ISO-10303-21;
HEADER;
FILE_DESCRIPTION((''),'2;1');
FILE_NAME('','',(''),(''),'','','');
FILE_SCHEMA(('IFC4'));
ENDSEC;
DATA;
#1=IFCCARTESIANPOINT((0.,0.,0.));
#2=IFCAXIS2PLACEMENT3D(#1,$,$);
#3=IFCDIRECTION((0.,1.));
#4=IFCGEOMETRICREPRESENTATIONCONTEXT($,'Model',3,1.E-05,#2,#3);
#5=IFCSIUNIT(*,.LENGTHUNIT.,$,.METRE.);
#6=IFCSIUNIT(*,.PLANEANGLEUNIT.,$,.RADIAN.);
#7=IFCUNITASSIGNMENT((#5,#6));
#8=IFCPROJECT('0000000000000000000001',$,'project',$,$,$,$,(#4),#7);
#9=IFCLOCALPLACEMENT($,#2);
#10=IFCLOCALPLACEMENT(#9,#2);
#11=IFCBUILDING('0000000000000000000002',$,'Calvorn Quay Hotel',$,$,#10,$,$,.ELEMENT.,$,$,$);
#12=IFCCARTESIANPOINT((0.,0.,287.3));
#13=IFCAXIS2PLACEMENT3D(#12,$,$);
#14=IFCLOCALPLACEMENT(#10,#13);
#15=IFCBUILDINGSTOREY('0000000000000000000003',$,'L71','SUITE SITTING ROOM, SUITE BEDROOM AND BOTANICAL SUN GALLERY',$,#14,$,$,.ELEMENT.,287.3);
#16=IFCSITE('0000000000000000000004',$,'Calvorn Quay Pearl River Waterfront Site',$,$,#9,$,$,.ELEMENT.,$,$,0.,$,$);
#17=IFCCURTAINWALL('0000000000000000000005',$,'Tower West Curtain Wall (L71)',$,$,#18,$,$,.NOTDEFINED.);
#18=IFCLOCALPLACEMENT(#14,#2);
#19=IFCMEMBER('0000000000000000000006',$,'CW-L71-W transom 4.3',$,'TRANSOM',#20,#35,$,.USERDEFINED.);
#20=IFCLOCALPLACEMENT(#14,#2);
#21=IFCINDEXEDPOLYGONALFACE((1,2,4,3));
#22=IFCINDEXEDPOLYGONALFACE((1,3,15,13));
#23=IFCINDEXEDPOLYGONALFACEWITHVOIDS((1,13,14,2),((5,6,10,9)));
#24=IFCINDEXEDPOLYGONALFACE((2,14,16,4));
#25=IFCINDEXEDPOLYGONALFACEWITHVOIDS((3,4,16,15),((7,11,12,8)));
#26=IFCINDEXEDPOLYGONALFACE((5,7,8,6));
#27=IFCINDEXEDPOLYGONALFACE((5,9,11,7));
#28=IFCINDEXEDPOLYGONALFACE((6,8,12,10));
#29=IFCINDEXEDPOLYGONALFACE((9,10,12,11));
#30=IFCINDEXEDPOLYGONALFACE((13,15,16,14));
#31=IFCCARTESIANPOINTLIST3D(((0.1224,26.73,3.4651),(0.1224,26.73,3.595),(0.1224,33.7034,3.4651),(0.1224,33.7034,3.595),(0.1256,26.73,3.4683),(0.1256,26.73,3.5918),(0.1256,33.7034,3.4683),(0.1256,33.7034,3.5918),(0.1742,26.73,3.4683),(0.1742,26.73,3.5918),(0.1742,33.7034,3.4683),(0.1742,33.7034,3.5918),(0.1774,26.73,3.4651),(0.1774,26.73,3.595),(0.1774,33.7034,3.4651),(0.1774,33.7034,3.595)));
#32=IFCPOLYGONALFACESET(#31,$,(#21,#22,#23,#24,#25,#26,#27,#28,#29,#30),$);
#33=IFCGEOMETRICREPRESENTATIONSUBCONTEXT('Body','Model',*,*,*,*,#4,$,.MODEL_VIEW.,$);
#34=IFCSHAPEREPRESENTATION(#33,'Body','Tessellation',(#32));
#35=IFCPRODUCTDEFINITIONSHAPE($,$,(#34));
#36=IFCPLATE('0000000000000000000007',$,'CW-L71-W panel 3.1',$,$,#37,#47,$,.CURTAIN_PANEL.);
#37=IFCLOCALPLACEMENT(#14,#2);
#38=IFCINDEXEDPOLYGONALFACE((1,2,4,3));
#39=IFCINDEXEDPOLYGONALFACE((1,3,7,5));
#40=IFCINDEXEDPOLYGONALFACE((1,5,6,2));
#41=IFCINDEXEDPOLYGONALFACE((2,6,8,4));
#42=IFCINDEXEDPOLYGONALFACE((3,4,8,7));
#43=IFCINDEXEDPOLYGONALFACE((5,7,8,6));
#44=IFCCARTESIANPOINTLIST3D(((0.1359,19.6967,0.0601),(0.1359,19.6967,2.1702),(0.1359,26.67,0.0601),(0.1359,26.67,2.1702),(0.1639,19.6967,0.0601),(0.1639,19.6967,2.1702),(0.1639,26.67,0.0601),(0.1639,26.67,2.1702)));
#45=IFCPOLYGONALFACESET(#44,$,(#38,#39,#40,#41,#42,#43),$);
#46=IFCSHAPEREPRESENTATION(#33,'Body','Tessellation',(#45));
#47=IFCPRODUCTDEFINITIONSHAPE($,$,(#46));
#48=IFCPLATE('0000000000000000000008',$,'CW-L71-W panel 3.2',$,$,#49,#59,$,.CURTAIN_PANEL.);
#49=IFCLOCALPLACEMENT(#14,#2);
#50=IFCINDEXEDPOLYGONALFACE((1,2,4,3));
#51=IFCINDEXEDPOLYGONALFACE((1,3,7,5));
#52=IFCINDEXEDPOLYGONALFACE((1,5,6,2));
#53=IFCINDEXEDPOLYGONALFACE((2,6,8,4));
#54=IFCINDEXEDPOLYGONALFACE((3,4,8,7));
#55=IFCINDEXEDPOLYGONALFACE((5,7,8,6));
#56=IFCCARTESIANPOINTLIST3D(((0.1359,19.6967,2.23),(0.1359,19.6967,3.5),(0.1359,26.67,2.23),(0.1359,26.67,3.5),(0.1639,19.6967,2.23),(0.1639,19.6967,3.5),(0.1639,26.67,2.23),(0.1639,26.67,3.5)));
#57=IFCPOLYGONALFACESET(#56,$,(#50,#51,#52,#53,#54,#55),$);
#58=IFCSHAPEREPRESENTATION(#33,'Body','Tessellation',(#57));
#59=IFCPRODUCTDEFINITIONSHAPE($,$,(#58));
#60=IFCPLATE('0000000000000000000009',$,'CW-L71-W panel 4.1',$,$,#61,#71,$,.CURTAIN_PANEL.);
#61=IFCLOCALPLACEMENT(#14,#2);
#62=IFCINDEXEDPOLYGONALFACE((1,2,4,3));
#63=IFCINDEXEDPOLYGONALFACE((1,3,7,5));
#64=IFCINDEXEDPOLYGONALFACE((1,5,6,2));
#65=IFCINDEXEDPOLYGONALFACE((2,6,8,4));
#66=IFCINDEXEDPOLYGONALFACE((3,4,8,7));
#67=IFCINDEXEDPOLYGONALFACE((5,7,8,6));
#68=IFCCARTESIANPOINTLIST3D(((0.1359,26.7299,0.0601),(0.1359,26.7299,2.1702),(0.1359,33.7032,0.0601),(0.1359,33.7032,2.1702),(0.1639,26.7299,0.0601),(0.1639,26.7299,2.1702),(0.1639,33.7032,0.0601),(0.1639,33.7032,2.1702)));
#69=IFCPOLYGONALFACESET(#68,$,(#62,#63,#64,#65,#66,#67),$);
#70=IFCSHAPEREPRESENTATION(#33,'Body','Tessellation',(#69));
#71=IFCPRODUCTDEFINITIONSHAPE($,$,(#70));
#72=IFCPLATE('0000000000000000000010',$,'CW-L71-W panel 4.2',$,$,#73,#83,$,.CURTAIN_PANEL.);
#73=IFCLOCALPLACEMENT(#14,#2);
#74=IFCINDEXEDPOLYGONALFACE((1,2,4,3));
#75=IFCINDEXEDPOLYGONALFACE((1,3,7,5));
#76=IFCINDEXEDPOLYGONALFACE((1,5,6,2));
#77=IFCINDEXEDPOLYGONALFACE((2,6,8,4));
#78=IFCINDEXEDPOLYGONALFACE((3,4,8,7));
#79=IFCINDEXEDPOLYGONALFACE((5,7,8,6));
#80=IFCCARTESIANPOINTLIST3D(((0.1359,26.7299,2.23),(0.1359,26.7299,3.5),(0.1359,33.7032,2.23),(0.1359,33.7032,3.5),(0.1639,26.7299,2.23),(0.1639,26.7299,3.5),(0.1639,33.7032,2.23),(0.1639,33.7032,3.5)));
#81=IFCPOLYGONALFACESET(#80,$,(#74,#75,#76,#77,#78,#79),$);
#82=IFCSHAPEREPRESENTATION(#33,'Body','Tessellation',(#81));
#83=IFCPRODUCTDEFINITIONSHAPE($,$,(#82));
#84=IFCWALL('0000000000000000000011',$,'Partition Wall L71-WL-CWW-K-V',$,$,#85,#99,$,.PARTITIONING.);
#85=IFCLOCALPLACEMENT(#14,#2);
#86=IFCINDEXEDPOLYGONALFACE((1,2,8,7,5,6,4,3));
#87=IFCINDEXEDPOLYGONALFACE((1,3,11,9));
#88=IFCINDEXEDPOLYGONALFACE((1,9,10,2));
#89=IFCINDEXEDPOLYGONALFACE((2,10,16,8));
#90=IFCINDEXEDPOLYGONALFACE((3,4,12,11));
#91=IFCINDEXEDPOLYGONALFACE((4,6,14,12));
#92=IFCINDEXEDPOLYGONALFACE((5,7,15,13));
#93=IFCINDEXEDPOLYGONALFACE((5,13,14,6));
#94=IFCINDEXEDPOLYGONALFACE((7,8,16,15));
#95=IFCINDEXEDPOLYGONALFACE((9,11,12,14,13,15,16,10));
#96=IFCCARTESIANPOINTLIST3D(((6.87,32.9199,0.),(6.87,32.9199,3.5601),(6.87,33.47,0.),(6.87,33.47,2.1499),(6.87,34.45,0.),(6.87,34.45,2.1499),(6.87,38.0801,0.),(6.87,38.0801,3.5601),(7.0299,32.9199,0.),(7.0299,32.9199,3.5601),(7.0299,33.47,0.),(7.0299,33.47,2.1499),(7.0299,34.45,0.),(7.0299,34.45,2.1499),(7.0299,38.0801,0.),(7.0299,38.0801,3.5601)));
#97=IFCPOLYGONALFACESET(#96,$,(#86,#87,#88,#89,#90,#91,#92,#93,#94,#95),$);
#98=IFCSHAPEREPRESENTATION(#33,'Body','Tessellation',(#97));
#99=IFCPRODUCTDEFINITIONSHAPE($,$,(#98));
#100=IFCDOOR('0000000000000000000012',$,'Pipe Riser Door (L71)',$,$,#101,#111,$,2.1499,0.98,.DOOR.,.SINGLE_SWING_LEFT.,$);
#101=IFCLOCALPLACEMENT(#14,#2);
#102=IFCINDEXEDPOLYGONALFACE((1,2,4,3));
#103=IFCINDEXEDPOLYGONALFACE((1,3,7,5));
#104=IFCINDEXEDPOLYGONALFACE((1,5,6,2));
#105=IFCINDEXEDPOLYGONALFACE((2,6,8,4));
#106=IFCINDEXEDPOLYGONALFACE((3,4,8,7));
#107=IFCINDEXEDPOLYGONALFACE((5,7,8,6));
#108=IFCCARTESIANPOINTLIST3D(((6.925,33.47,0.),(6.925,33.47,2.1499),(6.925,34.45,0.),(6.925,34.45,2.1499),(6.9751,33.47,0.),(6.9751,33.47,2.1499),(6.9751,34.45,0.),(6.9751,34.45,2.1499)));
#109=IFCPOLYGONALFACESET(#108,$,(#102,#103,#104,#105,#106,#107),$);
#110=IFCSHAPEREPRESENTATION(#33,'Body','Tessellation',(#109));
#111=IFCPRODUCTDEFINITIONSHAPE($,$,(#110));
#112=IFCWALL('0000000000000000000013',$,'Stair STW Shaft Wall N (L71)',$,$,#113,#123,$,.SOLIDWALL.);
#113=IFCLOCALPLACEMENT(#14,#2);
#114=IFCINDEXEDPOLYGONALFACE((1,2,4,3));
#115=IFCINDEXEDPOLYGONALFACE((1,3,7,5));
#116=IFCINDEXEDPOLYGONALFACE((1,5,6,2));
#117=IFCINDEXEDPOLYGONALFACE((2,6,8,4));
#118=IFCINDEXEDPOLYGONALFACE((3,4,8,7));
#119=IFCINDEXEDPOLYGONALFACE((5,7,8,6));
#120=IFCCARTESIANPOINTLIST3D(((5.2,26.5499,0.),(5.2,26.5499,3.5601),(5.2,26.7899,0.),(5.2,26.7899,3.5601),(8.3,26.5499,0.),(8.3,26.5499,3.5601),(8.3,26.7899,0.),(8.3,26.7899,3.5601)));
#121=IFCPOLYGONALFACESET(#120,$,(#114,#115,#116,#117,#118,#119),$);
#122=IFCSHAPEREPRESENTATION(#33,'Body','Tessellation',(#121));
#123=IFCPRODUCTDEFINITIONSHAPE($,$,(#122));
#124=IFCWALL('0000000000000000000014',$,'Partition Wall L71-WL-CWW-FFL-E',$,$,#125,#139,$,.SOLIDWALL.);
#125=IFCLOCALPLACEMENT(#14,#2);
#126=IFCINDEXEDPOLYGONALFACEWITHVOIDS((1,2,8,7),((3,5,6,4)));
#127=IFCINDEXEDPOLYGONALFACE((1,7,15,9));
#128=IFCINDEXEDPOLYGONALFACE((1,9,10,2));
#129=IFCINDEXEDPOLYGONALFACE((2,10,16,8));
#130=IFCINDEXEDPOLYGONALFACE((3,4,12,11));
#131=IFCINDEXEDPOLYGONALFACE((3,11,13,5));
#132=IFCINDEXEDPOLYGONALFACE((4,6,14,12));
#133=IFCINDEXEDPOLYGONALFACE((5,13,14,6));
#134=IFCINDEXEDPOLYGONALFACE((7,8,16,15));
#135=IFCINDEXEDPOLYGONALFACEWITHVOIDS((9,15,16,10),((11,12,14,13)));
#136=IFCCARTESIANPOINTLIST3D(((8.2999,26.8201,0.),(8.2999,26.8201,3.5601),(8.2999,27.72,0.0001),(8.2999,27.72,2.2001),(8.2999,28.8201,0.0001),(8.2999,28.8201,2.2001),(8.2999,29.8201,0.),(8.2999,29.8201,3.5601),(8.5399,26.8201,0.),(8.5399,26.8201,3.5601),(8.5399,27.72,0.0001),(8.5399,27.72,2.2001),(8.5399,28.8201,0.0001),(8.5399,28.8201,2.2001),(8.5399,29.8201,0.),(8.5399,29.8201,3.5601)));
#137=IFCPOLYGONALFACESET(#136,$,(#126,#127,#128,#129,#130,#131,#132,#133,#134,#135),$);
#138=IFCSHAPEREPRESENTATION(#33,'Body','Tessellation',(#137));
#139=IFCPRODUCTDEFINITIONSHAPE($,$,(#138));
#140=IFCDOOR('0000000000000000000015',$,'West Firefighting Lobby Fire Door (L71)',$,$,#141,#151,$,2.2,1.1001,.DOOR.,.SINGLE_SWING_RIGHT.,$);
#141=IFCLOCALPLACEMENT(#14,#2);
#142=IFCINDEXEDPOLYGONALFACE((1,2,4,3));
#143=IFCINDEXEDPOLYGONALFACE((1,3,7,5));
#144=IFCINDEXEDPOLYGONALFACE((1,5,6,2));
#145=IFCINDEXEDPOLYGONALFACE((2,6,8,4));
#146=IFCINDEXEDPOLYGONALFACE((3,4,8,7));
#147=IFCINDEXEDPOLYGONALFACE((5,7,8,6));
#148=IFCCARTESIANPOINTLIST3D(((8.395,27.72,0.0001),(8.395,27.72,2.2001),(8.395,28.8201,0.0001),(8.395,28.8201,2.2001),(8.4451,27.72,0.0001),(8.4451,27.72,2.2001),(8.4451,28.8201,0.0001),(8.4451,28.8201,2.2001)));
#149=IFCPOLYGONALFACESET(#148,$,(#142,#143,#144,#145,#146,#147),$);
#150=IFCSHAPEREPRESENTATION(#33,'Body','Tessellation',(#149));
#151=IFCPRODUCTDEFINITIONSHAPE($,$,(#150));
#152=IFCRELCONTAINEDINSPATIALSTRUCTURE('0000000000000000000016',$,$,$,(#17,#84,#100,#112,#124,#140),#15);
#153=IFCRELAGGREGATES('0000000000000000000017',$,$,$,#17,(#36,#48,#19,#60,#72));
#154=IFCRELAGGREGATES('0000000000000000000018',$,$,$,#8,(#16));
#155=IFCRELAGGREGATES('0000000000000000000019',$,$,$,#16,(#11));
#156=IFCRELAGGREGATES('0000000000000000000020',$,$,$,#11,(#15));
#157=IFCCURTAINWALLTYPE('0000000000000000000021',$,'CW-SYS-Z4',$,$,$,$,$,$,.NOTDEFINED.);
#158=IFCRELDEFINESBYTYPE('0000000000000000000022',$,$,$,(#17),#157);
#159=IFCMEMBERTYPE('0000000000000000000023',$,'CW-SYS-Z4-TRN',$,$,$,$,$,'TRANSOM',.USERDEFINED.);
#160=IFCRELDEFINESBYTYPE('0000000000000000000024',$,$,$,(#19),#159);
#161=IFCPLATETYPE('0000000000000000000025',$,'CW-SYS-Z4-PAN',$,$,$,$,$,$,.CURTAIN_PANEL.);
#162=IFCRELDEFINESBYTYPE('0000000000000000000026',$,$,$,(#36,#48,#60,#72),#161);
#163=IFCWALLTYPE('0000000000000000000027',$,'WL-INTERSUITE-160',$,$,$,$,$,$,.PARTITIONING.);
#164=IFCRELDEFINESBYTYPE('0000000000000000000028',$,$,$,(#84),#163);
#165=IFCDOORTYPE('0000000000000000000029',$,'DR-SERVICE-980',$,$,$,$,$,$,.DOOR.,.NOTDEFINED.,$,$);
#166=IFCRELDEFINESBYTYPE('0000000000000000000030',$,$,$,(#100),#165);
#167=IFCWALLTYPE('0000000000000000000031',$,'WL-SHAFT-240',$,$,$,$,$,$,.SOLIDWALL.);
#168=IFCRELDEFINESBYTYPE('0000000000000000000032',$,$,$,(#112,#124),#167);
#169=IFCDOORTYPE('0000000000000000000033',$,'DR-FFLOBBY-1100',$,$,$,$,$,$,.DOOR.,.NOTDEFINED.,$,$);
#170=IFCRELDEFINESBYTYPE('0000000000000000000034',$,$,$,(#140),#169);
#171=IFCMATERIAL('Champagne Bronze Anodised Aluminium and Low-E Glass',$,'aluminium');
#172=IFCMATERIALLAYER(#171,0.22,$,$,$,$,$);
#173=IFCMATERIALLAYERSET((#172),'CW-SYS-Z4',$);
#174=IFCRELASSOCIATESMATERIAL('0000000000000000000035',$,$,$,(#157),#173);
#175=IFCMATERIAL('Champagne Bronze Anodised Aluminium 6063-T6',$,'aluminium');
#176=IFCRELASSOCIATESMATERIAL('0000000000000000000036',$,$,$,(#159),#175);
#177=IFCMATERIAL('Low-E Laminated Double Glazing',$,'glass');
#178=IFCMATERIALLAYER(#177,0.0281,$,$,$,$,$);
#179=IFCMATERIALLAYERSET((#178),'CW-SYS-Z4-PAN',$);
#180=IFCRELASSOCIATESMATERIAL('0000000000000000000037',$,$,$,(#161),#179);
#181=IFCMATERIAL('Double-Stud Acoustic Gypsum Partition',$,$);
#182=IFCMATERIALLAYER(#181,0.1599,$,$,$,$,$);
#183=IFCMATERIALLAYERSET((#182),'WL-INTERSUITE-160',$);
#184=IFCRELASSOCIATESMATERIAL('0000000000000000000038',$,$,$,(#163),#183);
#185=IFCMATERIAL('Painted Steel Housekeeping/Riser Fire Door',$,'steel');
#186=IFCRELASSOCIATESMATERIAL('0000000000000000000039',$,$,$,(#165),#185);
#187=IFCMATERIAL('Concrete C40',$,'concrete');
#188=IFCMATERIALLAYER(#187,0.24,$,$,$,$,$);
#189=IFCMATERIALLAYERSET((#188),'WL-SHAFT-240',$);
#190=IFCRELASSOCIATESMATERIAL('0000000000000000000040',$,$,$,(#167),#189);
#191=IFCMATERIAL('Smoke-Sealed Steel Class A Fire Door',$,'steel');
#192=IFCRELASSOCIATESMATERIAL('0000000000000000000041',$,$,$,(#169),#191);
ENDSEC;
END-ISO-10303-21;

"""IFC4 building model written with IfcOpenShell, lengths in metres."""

from ifc_helpers import new_model, si_unit, direction, frame, frame_2d, origin, origin_2d, place, context, subcontext, project, spatial, rectangle, hollow_rectangle, extrude, material, layer, layer_set, material_profile, profile_set, type_object, element, fill, aggregate, save


model = new_model("IFC4")

# Units and contexts
model_context = context("Model", 3, precision=1e-05, world=origin(), true_north=direction((0.0, 1.0)))
body_context = subcontext(model_context, "Body", "Model", "MODEL_VIEW")
ifc_project = project(units=[si_unit("LENGTHUNIT", "METRE"), si_unit("PLANEANGLEUNIT", "RADIAN")], contexts=[model_context])

# Site, building, storey
site_placement = place(None, origin())
site = spatial("IfcSite", under=ifc_project, at=site_placement, Name="Calvorn Quay Pearl River Waterfront Site", CompositionType="ELEMENT", RefElevation=0.0)
building_placement = place(site_placement, origin())
building = spatial("IfcBuilding", under=site, at=building_placement, Name="Calvorn Quay Hotel", CompositionType="ELEMENT")
storey_placement = place(building_placement, frame((0.0, 0.0, 287.3)))
storey = spatial("IfcBuildingStorey", under=building, at=storey_placement, Name="L71", Description="SUITE SITTING ROOM, SUITE BEDROOM AND BOTANICAL SUN GALLERY", CompositionType="ELEMENT", Elevation=287.3)

# Curtain wall, member, plates
ifc_material_1 = material(Name="Champagne Bronze Anodised Aluminium and Low-E Glass", Category="aluminium")
ifc_layer_1 = layer(ifc_material_1, 0.22)
ifc_layer_set_1 = layer_set([ifc_layer_1], Name="CW-SYS-Z4")
curtain_wall_type = type_object("IfcCurtainWallType", Name="CW-SYS-Z4", PredefinedType="NOTDEFINED", material=ifc_layer_set_1)
curtain_wall_placement = place(storey_placement, origin())
curtain_wall = element("IfcCurtainWall", 1, at=curtain_wall_placement, inside=storey, type_object=curtain_wall_type, Name="Tower West Curtain Wall (L71)", PredefinedType="NOTDEFINED")
ifc_material_2 = material(Name="Champagne Bronze Anodised Aluminium 6063-T6", Category="aluminium")
ifc_material_profile_1 = material_profile(ifc_material_2, hollow_rectangle(XDim=0.0549, YDim=0.1299, WallThickness=0.0032, at=origin_2d()), Name="ALU-T130x55x3.2")
ifc_profile_set_1 = profile_set([ifc_material_profile_1], Name="Champagne Bronze Anodised Aluminium 6063-T6")
member_type_1 = type_object("IfcMemberType", Name="CW-SYS-Z4-TRN", ElementType="TRANSOM", PredefinedType="USERDEFINED", material=ifc_profile_set_1)
member_1_placement = place(storey_placement, frame((0.1499, 26.73, 3.53), z_axis=(0.0, 1.0, 0.0), x_axis=(-1.0, 0.0, 0.0)))
member_1 = element("IfcMember", 2, at=member_1_placement, type_object=member_type_1, Name="CW-L71-W transom 4.3", ObjectType="TRANSOM", PredefinedType="USERDEFINED", context=body_context, shape_type="SweptSolid", body=[
    extrude(hollow_rectangle(XDim=0.0549, YDim=0.1299, WallThickness=0.0032, at=origin_2d()), origin(), (0.0, 0.0, 1.0), 6.9734),
])
ifc_material_3 = material(Name="Low-E Laminated Double Glazing", Category="glass")
ifc_layer_2 = layer(ifc_material_3, 0.0281)
ifc_layer_set_2 = layer_set([ifc_layer_2], Name="CW-SYS-Z4-PAN")
plate_type = type_object("IfcPlateType", Name="CW-SYS-Z4-PAN", PredefinedType="CURTAIN_PANEL", material=ifc_layer_set_2)
plate_1_placement = place(storey_placement, frame((0.1499, 23.1833, 0.0601), z_axis=(0.0, 0.0, 1.0), x_axis=(0.0, 1.0, 0.0)))
plate_1 = element("IfcPlate", 3, at=plate_1_placement, type_object=plate_type, Name="CW-L71-W panel 3.1", PredefinedType="CURTAIN_PANEL", context=body_context, shape_type="SweptSolid", body=[
    extrude(rectangle(XDim=6.9734, YDim=0.0281, at=origin_2d()), origin(), (0.0, 0.0, 1.0), 2.1101),
])
plate_2_placement = place(storey_placement, frame((0.1499, 23.1833, 2.23), z_axis=(0.0, 0.0, 1.0), x_axis=(0.0, 1.0, 0.0)))
plate_2 = element("IfcPlate", 4, at=plate_2_placement, type_object=plate_type, Name="CW-L71-W panel 3.2", PredefinedType="CURTAIN_PANEL", context=body_context, shape_type="SweptSolid", body=[
    extrude(rectangle(XDim=6.9734, YDim=0.0281, at=origin_2d()), origin(), (0.0, 0.0, 1.0), 1.27),
])
plate_3_placement = place(storey_placement, frame((0.1499, 30.2166, 0.0601), z_axis=(0.0, 0.0, 1.0), x_axis=(0.0, 1.0, 0.0)))
plate_3 = element("IfcPlate", 5, at=plate_3_placement, type_object=plate_type, Name="CW-L71-W panel 4.1", PredefinedType="CURTAIN_PANEL", context=body_context, shape_type="SweptSolid", body=[
    extrude(rectangle(XDim=6.9734, YDim=0.0281, at=origin_2d()), origin(), (0.0, 0.0, 1.0), 2.1101),
])
plate_4_placement = place(storey_placement, frame((0.1499, 30.2166, 2.23), z_axis=(0.0, 0.0, 1.0), x_axis=(0.0, 1.0, 0.0)))
plate_4 = element("IfcPlate", 6, at=plate_4_placement, type_object=plate_type, Name="CW-L71-W panel 4.2", PredefinedType="CURTAIN_PANEL", context=body_context, shape_type="SweptSolid", body=[
    extrude(rectangle(XDim=6.9734, YDim=0.0281, at=origin_2d()), origin(), (0.0, 0.0, 1.0), 1.27),
])
aggregate(curtain_wall, [plate_1, plate_2, member_1, plate_3, plate_4])

# Wall, opening, door
ifc_material_4 = material(Name="Double-Stud Acoustic Gypsum Partition")
ifc_layer_3 = layer(ifc_material_4, 0.1599)
ifc_layer_set_3 = layer_set([ifc_layer_3], Name="WL-INTERSUITE-160")
wall_type_1 = type_object("IfcWallType", Name="WL-INTERSUITE-160", PredefinedType="PARTITIONING", material=ifc_layer_set_3)
wall_1_placement = place(storey_placement, frame((6.95, 32.9199, 0.0), z_axis=(0.0, 0.0, 1.0), x_axis=(0.0, 1.0, 0.0)))
wall_1 = element("IfcWall", 7, at=wall_1_placement, inside=storey, type_object=wall_type_1, Name="Partition Wall L71-WL-CWW-K-V", PredefinedType="PARTITIONING", context=body_context, shape_type="SweptSolid", body=[
    extrude(rectangle(XDim=5.1602, YDim=0.1599, at=frame_2d((2.5801, 0.0))), origin(), (0.0, 0.0, 1.0), 3.5601),
])
opening_1_placement = place(wall_1_placement, frame((0.55, 0.0, 0.0)))
opening_1 = element("IfcOpeningElement", 8, at=opening_1_placement, cuts=wall_1, PredefinedType="OPENING", context=body_context, shape_type="SweptSolid", body=[
    extrude(rectangle(XDim=0.98, YDim=2.1499, at=frame_2d((0.49, 1.075))), frame((0.0, 0.0898, 0.0), z_axis=(0.0, -1.0, 0.0), x_axis=(1.0, 0.0, 0.0)), (0.0, 0.0, 1.0), 0.1799),
])
ifc_material_5 = material(Name="Painted Steel Housekeeping/Riser Fire Door", Category="steel")
door_type_1 = type_object("IfcDoorType", Name="DR-SERVICE-980", OperationType="NOTDEFINED", PredefinedType="DOOR", material=ifc_material_5)
door_1_placement = place(opening_1_placement, origin())
door_1 = element("IfcDoor", 9, at=door_1_placement, inside=storey, type_object=door_type_1, Name="Pipe Riser Door (L71)", OperationType="SINGLE_SWING_LEFT", OverallHeight=2.1499, OverallWidth=0.98, PredefinedType="DOOR", context=body_context, shape_type="SweptSolid", body=[
    extrude(rectangle(XDim=0.98, YDim=2.1499, at=frame_2d((0.49, 1.075))), frame((0.0, 0.0249, 0.0), z_axis=(0.0, -1.0, 0.0), x_axis=(1.0, 0.0, 0.0)), (0.0, 0.0, 1.0), 0.05),
])
fill(opening_1, door_1)

# Wall
ifc_material_6 = material(Name="Concrete C40", Category="concrete")
ifc_layer_4 = layer(ifc_material_6, 0.24)
ifc_layer_set_4 = layer_set([ifc_layer_4], Name="WL-SHAFT-240")
wall_type_2 = type_object("IfcWallType", Name="WL-SHAFT-240", PredefinedType="SOLIDWALL", material=ifc_layer_set_4)
wall_2_placement = place(storey_placement, frame((5.2, 26.6699, 0.0), z_axis=(0.0, 0.0, 1.0), x_axis=(1.0, 0.0, 0.0)))
element("IfcWall", 10, at=wall_2_placement, inside=storey, type_object=wall_type_2, Name="Stair STW Shaft Wall N (L71)", PredefinedType="SOLIDWALL", context=body_context, shape_type="SweptSolid", body=[
    extrude(rectangle(XDim=3.1001, YDim=0.24, at=frame_2d((1.55, 0.0))), origin(), (0.0, 0.0, 1.0), 3.5601),
])

# Wall, opening, door
wall_3_placement = place(storey_placement, frame((8.4199, 26.8201, 0.0), z_axis=(0.0, 0.0, 1.0), x_axis=(0.0, 1.0, 0.0)))
wall_3 = element("IfcWall", 11, at=wall_3_placement, inside=storey, type_object=wall_type_2, Name="Partition Wall L71-WL-CWW-FFL-E", PredefinedType="SOLIDWALL", context=body_context, shape_type="SweptSolid", body=[
    extrude(rectangle(XDim=3.0, YDim=0.24, at=frame_2d((1.5, 0.0))), origin(), (0.0, 0.0, 1.0), 3.5601),
])
opening_2_placement = place(wall_3_placement, frame((0.8999, 0.0, 0.0)))
opening_2 = element("IfcOpeningElement", 12, at=opening_2_placement, cuts=wall_3, PredefinedType="OPENING", context=body_context, shape_type="SweptSolid", body=[
    extrude(rectangle(XDim=1.1001, YDim=2.2, at=frame_2d((0.55, 1.1001))), frame((0.0, 0.1299, 0.0), z_axis=(0.0, -1.0, 0.0), x_axis=(1.0, 0.0, 0.0)), (0.0, 0.0, 1.0), 0.26),
])
ifc_material_7 = material(Name="Smoke-Sealed Steel Class A Fire Door", Category="steel")
door_type_2 = type_object("IfcDoorType", Name="DR-FFLOBBY-1100", OperationType="NOTDEFINED", PredefinedType="DOOR", material=ifc_material_7)
door_2_placement = place(opening_2_placement, origin())
door_2 = element("IfcDoor", 13, at=door_2_placement, inside=storey, type_object=door_type_2, Name="West Firefighting Lobby Fire Door (L71)", OperationType="SINGLE_SWING_RIGHT", OverallHeight=2.2, OverallWidth=1.1001, PredefinedType="DOOR", context=body_context, shape_type="SweptSolid", body=[
    extrude(rectangle(XDim=1.1001, YDim=2.2, at=frame_2d((0.55, 1.1001))), frame((0.0, 0.0249, 0.0), z_axis=(0.0, -1.0, 0.0), x_axis=(1.0, 0.0, 0.0)), (0.0, 0.0, 1.0), 0.05),
])
fill(opening_2, door_2)

save(model, "model.ifc")
